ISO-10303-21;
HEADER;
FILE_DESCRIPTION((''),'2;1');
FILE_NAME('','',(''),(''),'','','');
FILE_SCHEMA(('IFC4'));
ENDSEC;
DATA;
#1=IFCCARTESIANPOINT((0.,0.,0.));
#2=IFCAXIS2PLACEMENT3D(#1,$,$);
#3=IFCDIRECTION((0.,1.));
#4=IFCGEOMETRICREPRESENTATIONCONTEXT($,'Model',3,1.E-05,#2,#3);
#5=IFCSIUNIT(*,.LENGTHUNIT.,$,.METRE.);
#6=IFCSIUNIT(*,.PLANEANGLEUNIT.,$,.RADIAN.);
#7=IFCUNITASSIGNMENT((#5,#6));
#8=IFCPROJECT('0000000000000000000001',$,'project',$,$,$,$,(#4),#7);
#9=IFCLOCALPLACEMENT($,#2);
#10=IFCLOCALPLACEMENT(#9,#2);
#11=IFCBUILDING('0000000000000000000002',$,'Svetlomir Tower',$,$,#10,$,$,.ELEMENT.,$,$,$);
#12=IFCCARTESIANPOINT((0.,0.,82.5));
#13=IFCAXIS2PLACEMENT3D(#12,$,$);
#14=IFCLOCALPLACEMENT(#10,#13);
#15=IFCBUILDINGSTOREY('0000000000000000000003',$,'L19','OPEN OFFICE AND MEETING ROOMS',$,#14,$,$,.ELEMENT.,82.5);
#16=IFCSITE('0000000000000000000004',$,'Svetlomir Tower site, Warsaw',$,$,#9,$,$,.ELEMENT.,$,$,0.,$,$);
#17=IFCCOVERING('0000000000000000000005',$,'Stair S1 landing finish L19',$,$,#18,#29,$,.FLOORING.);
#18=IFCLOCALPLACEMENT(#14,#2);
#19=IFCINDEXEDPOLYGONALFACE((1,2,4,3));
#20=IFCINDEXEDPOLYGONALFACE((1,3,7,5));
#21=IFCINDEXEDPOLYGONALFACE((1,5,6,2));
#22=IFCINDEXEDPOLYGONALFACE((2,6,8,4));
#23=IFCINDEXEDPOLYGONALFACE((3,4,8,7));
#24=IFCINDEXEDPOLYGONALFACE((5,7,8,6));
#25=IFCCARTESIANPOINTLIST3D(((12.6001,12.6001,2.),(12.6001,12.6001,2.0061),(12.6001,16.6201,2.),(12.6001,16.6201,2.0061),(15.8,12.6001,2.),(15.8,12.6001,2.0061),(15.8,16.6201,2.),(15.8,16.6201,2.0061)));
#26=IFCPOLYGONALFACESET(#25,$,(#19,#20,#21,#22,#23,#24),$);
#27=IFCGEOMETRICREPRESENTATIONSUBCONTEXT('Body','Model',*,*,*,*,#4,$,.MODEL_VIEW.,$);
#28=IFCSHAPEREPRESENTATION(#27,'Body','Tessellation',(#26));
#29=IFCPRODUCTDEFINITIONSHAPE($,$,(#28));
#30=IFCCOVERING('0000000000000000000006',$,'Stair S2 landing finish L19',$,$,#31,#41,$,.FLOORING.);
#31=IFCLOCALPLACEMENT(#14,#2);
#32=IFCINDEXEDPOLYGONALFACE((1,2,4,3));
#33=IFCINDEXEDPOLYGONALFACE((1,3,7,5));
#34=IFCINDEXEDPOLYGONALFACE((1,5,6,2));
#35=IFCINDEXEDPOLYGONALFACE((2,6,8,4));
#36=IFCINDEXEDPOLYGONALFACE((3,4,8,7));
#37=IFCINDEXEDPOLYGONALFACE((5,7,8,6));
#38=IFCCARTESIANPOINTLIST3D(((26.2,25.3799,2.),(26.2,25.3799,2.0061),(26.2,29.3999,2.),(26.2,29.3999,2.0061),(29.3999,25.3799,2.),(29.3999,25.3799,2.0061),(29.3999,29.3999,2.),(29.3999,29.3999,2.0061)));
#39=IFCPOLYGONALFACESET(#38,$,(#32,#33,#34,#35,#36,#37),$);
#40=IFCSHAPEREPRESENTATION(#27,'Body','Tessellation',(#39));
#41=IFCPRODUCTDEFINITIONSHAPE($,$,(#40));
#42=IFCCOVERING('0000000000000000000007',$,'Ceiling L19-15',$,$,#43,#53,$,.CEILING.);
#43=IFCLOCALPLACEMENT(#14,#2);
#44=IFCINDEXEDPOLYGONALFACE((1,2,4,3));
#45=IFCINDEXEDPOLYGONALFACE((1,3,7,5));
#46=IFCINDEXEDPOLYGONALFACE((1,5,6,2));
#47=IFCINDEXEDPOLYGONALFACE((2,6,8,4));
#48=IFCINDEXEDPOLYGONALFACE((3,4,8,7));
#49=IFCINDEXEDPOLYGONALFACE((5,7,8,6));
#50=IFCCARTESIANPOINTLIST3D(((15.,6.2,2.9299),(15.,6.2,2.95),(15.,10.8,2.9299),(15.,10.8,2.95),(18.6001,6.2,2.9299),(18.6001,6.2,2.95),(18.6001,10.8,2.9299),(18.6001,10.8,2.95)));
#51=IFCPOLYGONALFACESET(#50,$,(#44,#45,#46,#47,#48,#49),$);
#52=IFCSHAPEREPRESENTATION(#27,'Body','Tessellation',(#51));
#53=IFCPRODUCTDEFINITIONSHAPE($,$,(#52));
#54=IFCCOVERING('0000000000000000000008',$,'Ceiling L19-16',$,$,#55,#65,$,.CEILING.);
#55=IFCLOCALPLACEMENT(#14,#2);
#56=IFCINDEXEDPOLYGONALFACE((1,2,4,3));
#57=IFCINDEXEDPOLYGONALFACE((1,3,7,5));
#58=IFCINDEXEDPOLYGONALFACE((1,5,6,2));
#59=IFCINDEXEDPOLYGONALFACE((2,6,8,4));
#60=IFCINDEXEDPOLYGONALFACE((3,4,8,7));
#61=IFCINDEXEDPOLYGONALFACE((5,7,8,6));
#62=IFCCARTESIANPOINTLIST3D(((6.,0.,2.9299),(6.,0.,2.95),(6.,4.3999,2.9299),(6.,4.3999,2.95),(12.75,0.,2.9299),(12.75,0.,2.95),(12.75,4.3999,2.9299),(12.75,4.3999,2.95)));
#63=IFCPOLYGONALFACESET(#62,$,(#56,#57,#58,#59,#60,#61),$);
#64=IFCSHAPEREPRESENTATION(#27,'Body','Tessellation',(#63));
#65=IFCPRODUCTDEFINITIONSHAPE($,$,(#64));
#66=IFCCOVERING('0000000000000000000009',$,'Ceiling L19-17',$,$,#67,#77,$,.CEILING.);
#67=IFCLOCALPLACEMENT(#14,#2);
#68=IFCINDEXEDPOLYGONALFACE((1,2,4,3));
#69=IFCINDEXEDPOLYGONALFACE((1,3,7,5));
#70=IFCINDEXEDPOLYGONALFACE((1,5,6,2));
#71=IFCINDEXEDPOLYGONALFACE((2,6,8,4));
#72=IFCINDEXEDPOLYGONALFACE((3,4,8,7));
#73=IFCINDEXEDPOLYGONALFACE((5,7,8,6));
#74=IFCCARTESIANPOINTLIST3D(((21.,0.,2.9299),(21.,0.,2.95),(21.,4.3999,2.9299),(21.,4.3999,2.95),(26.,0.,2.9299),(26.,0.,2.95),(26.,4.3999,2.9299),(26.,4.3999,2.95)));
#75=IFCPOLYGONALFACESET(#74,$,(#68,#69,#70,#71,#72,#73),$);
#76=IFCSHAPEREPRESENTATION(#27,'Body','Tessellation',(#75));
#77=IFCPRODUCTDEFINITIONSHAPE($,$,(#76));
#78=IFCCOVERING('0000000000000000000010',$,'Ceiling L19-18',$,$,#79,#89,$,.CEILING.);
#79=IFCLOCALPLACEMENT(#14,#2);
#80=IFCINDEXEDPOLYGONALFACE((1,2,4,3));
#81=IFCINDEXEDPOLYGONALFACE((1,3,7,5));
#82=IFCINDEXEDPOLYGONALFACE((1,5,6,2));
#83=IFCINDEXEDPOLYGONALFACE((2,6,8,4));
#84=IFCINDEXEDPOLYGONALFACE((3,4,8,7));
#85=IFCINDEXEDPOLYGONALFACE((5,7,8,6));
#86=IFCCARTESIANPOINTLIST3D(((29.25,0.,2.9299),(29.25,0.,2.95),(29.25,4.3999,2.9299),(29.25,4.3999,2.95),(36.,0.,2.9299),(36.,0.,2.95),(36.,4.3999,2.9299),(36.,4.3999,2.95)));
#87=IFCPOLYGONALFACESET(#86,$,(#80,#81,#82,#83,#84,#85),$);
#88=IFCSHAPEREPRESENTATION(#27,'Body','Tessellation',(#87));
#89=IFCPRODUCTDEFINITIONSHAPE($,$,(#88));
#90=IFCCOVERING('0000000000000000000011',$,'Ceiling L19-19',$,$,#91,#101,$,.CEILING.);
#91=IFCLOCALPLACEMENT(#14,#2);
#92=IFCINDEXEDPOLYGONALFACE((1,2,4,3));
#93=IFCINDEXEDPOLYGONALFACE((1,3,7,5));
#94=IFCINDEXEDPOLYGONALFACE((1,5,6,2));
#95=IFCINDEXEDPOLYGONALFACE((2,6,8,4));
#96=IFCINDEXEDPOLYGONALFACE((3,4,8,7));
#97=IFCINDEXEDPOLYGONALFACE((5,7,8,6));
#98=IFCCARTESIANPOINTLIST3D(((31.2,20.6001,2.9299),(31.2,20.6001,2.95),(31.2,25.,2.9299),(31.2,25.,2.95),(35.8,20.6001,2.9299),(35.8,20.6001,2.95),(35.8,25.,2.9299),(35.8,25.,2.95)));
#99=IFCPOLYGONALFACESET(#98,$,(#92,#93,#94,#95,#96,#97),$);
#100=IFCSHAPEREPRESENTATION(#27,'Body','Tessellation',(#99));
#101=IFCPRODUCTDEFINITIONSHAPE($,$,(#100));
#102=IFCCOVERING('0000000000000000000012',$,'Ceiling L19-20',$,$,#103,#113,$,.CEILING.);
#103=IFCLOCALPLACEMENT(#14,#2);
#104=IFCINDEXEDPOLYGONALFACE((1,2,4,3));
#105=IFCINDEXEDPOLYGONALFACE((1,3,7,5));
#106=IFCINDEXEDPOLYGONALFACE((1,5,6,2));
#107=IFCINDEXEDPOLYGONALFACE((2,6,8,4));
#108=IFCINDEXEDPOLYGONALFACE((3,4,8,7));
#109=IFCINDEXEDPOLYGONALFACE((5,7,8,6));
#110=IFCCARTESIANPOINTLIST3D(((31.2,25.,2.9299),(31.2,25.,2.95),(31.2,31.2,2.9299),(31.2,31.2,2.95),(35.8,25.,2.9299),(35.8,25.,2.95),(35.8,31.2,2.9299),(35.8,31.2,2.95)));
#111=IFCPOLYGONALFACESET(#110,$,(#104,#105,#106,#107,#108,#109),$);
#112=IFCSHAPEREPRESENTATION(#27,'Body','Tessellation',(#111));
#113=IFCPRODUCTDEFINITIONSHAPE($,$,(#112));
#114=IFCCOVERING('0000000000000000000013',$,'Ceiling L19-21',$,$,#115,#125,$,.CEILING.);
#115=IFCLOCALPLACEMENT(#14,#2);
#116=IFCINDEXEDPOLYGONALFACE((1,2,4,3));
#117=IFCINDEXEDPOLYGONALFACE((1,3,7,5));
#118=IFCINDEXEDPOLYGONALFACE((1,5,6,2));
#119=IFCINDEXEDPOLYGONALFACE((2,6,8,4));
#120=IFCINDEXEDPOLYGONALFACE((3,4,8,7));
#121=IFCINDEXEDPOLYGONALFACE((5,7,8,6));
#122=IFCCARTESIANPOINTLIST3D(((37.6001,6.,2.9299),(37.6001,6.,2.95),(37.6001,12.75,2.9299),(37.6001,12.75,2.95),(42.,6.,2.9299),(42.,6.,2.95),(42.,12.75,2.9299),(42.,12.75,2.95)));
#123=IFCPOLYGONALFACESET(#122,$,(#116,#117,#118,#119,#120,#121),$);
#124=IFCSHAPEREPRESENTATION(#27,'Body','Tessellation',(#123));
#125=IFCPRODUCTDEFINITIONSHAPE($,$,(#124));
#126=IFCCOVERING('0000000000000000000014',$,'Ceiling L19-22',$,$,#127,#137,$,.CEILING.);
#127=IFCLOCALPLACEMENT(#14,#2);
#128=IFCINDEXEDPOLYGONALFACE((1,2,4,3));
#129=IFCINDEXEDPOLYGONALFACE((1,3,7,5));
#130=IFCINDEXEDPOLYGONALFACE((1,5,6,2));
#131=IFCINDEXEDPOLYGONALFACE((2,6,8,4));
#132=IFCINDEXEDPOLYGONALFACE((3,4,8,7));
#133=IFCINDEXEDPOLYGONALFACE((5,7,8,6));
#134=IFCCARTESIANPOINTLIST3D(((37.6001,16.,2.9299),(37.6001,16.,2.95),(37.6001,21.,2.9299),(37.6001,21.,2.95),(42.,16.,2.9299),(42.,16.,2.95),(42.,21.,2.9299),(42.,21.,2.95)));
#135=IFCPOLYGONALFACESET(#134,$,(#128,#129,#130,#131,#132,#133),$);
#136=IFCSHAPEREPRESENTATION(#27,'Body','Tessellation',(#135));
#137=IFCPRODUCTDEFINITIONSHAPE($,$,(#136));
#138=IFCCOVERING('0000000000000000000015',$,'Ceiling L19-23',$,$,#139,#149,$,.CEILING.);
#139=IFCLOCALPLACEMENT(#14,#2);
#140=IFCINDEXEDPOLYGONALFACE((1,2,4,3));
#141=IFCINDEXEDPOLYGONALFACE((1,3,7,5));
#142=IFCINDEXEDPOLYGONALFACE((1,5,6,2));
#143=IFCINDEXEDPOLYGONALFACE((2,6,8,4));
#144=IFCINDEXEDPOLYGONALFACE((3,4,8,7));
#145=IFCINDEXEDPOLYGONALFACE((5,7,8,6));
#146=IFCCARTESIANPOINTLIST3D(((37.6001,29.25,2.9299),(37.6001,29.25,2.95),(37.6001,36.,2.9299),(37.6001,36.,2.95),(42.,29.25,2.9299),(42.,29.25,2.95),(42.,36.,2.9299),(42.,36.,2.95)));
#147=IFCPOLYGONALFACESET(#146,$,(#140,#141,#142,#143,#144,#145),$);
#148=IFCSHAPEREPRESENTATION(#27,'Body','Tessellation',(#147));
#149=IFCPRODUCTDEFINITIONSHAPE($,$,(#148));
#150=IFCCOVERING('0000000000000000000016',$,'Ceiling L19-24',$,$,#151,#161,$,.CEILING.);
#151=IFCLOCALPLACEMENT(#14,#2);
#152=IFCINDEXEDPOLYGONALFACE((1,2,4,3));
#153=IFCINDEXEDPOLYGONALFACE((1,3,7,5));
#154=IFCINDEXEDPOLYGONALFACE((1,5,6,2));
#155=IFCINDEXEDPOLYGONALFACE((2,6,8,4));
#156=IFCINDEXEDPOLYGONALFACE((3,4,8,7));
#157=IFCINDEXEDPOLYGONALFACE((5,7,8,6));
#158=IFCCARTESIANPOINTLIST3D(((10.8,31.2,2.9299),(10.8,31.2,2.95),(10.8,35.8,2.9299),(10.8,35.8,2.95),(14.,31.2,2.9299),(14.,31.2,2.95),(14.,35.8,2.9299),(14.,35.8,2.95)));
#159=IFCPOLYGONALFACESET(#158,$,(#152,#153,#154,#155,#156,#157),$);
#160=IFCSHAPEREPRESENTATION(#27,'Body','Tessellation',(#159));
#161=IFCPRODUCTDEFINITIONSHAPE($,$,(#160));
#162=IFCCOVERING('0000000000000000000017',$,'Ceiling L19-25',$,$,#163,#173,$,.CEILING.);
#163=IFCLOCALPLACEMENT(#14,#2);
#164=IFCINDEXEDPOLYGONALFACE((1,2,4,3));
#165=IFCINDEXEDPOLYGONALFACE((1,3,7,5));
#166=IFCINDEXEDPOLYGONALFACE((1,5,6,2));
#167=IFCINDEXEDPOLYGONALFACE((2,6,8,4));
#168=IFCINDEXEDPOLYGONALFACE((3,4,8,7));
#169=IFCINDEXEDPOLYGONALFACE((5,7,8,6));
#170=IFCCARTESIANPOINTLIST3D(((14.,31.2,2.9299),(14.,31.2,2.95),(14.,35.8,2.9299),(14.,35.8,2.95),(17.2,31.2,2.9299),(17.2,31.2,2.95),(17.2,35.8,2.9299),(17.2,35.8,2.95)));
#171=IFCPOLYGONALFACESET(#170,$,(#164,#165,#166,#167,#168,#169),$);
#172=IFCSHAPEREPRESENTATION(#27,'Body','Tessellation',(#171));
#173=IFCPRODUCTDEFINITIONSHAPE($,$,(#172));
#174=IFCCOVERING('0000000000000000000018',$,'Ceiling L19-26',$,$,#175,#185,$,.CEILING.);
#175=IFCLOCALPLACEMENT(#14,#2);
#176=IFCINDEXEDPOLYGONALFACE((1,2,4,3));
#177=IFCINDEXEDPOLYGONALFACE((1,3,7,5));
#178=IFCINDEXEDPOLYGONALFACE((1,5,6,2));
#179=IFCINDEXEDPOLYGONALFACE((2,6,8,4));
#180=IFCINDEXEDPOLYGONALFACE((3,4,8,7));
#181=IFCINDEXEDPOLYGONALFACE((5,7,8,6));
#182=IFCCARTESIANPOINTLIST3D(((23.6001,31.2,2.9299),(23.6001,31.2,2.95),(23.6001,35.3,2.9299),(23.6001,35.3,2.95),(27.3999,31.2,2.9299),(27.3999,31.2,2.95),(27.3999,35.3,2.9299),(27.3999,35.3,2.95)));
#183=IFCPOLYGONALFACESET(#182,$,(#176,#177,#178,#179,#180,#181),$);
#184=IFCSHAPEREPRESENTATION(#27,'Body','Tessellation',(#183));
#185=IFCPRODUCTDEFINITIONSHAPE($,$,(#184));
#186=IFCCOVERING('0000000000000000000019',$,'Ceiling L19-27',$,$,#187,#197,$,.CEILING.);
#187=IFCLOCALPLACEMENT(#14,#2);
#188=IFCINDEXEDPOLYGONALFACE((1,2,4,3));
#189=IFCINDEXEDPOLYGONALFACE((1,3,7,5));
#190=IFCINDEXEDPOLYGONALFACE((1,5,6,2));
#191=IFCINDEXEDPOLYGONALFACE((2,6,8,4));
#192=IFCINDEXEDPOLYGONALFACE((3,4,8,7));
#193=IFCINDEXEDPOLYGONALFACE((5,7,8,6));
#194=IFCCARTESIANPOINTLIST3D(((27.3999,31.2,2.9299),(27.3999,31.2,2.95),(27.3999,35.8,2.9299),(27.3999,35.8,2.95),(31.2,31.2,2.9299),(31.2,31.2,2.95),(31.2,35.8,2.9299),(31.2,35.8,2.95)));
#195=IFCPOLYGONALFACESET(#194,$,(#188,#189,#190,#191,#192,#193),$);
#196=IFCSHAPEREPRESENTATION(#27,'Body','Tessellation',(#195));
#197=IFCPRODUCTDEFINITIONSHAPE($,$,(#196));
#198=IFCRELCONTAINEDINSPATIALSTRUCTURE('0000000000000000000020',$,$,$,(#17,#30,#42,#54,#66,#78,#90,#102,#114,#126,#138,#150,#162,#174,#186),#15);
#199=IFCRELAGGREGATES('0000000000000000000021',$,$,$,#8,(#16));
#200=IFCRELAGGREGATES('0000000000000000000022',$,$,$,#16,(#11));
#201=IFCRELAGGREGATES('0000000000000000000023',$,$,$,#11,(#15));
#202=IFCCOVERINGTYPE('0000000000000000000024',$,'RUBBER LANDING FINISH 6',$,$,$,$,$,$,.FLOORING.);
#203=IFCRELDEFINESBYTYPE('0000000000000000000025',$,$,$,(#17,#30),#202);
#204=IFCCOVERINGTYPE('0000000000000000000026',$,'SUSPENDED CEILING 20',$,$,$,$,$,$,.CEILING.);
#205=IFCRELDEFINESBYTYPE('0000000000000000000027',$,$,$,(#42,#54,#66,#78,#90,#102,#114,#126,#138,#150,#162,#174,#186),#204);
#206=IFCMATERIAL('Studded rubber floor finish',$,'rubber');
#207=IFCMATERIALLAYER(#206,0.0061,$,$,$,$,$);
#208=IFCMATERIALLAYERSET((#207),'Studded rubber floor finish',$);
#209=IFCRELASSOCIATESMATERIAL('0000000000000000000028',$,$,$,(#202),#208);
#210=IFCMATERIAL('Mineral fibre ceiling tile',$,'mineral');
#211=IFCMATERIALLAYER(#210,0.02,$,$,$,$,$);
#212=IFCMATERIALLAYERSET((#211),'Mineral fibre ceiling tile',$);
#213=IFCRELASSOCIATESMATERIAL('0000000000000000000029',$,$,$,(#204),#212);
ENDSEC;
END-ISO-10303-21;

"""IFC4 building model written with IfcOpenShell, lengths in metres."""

from ifc_helpers import new_model, si_unit, direction, frame, origin, place, context, subcontext, project, spatial, polyline, outline, extrude, material, layer, layer_set, type_object, element, save


model = new_model("IFC4")

# Units and contexts
model_context = context("Model", 3, precision=1e-05, world=origin(), true_north=direction((0.0, 1.0)))
body_context = subcontext(model_context, "Body", "Model", "MODEL_VIEW")
ifc_project = project(units=[si_unit("LENGTHUNIT", "METRE"), si_unit("PLANEANGLEUNIT", "RADIAN")], contexts=[model_context])

# Site, building, storey
site_placement = place(None, origin())
site = spatial("IfcSite", under=ifc_project, at=site_placement, Name="Svetlomir Tower site, Warsaw", CompositionType="ELEMENT", RefElevation=0.0)
building_placement = place(site_placement, origin())
building = spatial("IfcBuilding", under=site, at=building_placement, Name="Svetlomir Tower", CompositionType="ELEMENT")
storey_placement = place(building_placement, frame((0.0, 0.0, 82.5)))
storey = spatial("IfcBuildingStorey", under=building, at=storey_placement, Name="L19", Description="OPEN OFFICE AND MEETING ROOMS", CompositionType="ELEMENT", Elevation=82.5)

# Coverings
ifc_material_1 = material(Name="Studded rubber floor finish", Category="rubber")
ifc_layer_1 = layer(ifc_material_1, 0.0061)
ifc_layer_set_1 = layer_set([ifc_layer_1], Name="Studded rubber floor finish")
covering_type_1 = type_object("IfcCoveringType", Name="RUBBER LANDING FINISH 6", PredefinedType="FLOORING", material=ifc_layer_set_1)
covering_1_placement = place(storey_placement, frame((0.0, 0.0, 2.0)))
element("IfcCovering", 1, at=covering_1_placement, inside=storey, type_object=covering_type_1, Name="Stair S1 landing finish L19", PredefinedType="FLOORING", context=body_context, shape_type="SweptSolid", body=[
    extrude(outline(polyline([(12.6001, 12.6001), (15.8, 12.6001), (15.8, 16.6201), (12.6001, 16.6201), (12.6001, 12.6001)])), origin(), (0.0, 0.0, 1.0), 0.0061),
])
covering_2_placement = place(storey_placement, frame((0.0, 0.0, 2.0)))
element("IfcCovering", 2, at=covering_2_placement, inside=storey, type_object=covering_type_1, Name="Stair S2 landing finish L19", PredefinedType="FLOORING", context=body_context, shape_type="SweptSolid", body=[
    extrude(outline(polyline([(26.2, 25.3799), (29.3999, 25.3799), (29.3999, 29.3999), (26.2, 29.3999), (26.2, 25.3799)])), origin(), (0.0, 0.0, 1.0), 0.0061),
])
ifc_material_2 = material(Name="Mineral fibre ceiling tile", Category="mineral")
ifc_layer_2 = layer(ifc_material_2, 0.02)
ifc_layer_set_2 = layer_set([ifc_layer_2], Name="Mineral fibre ceiling tile")
covering_type_2 = type_object("IfcCoveringType", Name="SUSPENDED CEILING 20", PredefinedType="CEILING", material=ifc_layer_set_2)
covering_3_placement = place(storey_placement, frame((0.0, 0.0, 2.9299)))
element("IfcCovering", 3, at=covering_3_placement, inside=storey, type_object=covering_type_2, Name="Ceiling L19-15", PredefinedType="CEILING", context=body_context, shape_type="SweptSolid", body=[
    extrude(outline(polyline([(15.0, 6.2), (18.6001, 6.2), (18.6001, 10.8), (15.0, 10.8), (15.0, 6.2)])), origin(), (0.0, 0.0, 1.0), 0.02),
])
covering_4_placement = place(storey_placement, frame((0.0, 0.0, 2.9299)))
element("IfcCovering", 4, at=covering_4_placement, inside=storey, type_object=covering_type_2, Name="Ceiling L19-16", PredefinedType="CEILING", context=body_context, shape_type="SweptSolid", body=[
    extrude(outline(polyline([(6.0, 0.0), (12.75, 0.0), (12.75, 4.3999), (6.0, 4.3999), (6.0, 0.0)])), origin(), (0.0, 0.0, 1.0), 0.02),
])
covering_5_placement = place(storey_placement, frame((0.0, 0.0, 2.9299)))
element("IfcCovering", 5, at=covering_5_placement, inside=storey, type_object=covering_type_2, Name="Ceiling L19-17", PredefinedType="CEILING", context=body_context, shape_type="SweptSolid", body=[
    extrude(outline(polyline([(21.0, 0.0), (26.0, 0.0), (26.0, 4.3999), (21.0, 4.3999), (21.0, 0.0)])), origin(), (0.0, 0.0, 1.0), 0.02),
])
covering_6_placement = place(storey_placement, frame((0.0, 0.0, 2.9299)))
element("IfcCovering", 6, at=covering_6_placement, inside=storey, type_object=covering_type_2, Name="Ceiling L19-18", PredefinedType="CEILING", context=body_context, shape_type="SweptSolid", body=[
    extrude(outline(polyline([(29.25, 0.0), (36.0, 0.0), (36.0, 4.3999), (29.25, 4.3999), (29.25, 0.0)])), origin(), (0.0, 0.0, 1.0), 0.02),
])
covering_7_placement = place(storey_placement, frame((0.0, 0.0, 2.9299)))
element("IfcCovering", 7, at=covering_7_placement, inside=storey, type_object=covering_type_2, Name="Ceiling L19-19", PredefinedType="CEILING", context=body_context, shape_type="SweptSolid", body=[
    extrude(outline(polyline([(31.2, 20.6001), (35.8, 20.6001), (35.8, 25.0), (31.2, 25.0), (31.2, 20.6001)])), origin(), (0.0, 0.0, 1.0), 0.02),
])
covering_8_placement = place(storey_placement, frame((0.0, 0.0, 2.9299)))
element("IfcCovering", 8, at=covering_8_placement, inside=storey, type_object=covering_type_2, Name="Ceiling L19-20", PredefinedType="CEILING", context=body_context, shape_type="SweptSolid", body=[
    extrude(outline(polyline([(31.2, 25.0), (35.8, 25.0), (35.8, 31.2), (31.2, 31.2), (31.2, 25.0)])), origin(), (0.0, 0.0, 1.0), 0.02),
])
covering_9_placement = place(storey_placement, frame((0.0, 0.0, 2.9299)))
element("IfcCovering", 9, at=covering_9_placement, inside=storey, type_object=covering_type_2, Name="Ceiling L19-21", PredefinedType="CEILING", context=body_context, shape_type="SweptSolid", body=[
    extrude(outline(polyline([(37.6001, 6.0), (42.0, 6.0), (42.0, 12.75), (37.6001, 12.75), (37.6001, 6.0)])), origin(), (0.0, 0.0, 1.0), 0.02),
])
covering_10_placement = place(storey_placement, frame((0.0, 0.0, 2.9299)))
element("IfcCovering", 10, at=covering_10_placement, inside=storey, type_object=covering_type_2, Name="Ceiling L19-22", PredefinedType="CEILING", context=body_context, shape_type="SweptSolid", body=[
    extrude(outline(polyline([(37.6001, 16.0), (42.0, 16.0), (42.0, 21.0), (37.6001, 21.0), (37.6001, 16.0)])), origin(), (0.0, 0.0, 1.0), 0.02),
])
covering_11_placement = place(storey_placement, frame((0.0, 0.0, 2.9299)))
element("IfcCovering", 11, at=covering_11_placement, inside=storey, type_object=covering_type_2, Name="Ceiling L19-23", PredefinedType="CEILING", context=body_context, shape_type="SweptSolid", body=[
    extrude(outline(polyline([(37.6001, 29.25), (42.0, 29.25), (42.0, 36.0), (37.6001, 36.0), (37.6001, 29.25)])), origin(), (0.0, 0.0, 1.0), 0.02),
])
covering_12_placement = place(storey_placement, frame((0.0, 0.0, 2.9299)))
element("IfcCovering", 12, at=covering_12_placement, inside=storey, type_object=covering_type_2, Name="Ceiling L19-24", PredefinedType="CEILING", context=body_context, shape_type="SweptSolid", body=[
    extrude(outline(polyline([(10.8, 31.2), (14.0, 31.2), (14.0, 35.8), (10.8, 35.8), (10.8, 31.2)])), origin(), (0.0, 0.0, 1.0), 0.02),
])
covering_13_placement = place(storey_placement, frame((0.0, 0.0, 2.9299)))
element("IfcCovering", 13, at=covering_13_placement, inside=storey, type_object=covering_type_2, Name="Ceiling L19-25", PredefinedType="CEILING", context=body_context, shape_type="SweptSolid", body=[
    extrude(outline(polyline([(14.0, 31.2), (17.2, 31.2), (17.2, 35.8), (14.0, 35.8), (14.0, 31.2)])), origin(), (0.0, 0.0, 1.0), 0.02),
])
covering_14_placement = place(storey_placement, frame((0.0, 0.0, 2.9299)))
element("IfcCovering", 14, at=covering_14_placement, inside=storey, type_object=covering_type_2, Name="Ceiling L19-26", PredefinedType="CEILING", context=body_context, shape_type="SweptSolid", body=[
    extrude(outline(polyline([(23.6001, 31.2), (27.3999, 31.2), (27.3999, 35.3), (23.6001, 35.3), (23.6001, 31.2)])), origin(), (0.0, 0.0, 1.0), 0.02),
])
covering_15_placement = place(storey_placement, frame((0.0, 0.0, 2.9299)))
element("IfcCovering", 15, at=covering_15_placement, inside=storey, type_object=covering_type_2, Name="Ceiling L19-27", PredefinedType="CEILING", context=body_context, shape_type="SweptSolid", body=[
    extrude(outline(polyline([(27.3999, 31.2), (31.2, 31.2), (31.2, 35.8), (27.3999, 35.8), (27.3999, 31.2)])), origin(), (0.0, 0.0, 1.0), 0.02),
])

save(model, "model.ifc")
